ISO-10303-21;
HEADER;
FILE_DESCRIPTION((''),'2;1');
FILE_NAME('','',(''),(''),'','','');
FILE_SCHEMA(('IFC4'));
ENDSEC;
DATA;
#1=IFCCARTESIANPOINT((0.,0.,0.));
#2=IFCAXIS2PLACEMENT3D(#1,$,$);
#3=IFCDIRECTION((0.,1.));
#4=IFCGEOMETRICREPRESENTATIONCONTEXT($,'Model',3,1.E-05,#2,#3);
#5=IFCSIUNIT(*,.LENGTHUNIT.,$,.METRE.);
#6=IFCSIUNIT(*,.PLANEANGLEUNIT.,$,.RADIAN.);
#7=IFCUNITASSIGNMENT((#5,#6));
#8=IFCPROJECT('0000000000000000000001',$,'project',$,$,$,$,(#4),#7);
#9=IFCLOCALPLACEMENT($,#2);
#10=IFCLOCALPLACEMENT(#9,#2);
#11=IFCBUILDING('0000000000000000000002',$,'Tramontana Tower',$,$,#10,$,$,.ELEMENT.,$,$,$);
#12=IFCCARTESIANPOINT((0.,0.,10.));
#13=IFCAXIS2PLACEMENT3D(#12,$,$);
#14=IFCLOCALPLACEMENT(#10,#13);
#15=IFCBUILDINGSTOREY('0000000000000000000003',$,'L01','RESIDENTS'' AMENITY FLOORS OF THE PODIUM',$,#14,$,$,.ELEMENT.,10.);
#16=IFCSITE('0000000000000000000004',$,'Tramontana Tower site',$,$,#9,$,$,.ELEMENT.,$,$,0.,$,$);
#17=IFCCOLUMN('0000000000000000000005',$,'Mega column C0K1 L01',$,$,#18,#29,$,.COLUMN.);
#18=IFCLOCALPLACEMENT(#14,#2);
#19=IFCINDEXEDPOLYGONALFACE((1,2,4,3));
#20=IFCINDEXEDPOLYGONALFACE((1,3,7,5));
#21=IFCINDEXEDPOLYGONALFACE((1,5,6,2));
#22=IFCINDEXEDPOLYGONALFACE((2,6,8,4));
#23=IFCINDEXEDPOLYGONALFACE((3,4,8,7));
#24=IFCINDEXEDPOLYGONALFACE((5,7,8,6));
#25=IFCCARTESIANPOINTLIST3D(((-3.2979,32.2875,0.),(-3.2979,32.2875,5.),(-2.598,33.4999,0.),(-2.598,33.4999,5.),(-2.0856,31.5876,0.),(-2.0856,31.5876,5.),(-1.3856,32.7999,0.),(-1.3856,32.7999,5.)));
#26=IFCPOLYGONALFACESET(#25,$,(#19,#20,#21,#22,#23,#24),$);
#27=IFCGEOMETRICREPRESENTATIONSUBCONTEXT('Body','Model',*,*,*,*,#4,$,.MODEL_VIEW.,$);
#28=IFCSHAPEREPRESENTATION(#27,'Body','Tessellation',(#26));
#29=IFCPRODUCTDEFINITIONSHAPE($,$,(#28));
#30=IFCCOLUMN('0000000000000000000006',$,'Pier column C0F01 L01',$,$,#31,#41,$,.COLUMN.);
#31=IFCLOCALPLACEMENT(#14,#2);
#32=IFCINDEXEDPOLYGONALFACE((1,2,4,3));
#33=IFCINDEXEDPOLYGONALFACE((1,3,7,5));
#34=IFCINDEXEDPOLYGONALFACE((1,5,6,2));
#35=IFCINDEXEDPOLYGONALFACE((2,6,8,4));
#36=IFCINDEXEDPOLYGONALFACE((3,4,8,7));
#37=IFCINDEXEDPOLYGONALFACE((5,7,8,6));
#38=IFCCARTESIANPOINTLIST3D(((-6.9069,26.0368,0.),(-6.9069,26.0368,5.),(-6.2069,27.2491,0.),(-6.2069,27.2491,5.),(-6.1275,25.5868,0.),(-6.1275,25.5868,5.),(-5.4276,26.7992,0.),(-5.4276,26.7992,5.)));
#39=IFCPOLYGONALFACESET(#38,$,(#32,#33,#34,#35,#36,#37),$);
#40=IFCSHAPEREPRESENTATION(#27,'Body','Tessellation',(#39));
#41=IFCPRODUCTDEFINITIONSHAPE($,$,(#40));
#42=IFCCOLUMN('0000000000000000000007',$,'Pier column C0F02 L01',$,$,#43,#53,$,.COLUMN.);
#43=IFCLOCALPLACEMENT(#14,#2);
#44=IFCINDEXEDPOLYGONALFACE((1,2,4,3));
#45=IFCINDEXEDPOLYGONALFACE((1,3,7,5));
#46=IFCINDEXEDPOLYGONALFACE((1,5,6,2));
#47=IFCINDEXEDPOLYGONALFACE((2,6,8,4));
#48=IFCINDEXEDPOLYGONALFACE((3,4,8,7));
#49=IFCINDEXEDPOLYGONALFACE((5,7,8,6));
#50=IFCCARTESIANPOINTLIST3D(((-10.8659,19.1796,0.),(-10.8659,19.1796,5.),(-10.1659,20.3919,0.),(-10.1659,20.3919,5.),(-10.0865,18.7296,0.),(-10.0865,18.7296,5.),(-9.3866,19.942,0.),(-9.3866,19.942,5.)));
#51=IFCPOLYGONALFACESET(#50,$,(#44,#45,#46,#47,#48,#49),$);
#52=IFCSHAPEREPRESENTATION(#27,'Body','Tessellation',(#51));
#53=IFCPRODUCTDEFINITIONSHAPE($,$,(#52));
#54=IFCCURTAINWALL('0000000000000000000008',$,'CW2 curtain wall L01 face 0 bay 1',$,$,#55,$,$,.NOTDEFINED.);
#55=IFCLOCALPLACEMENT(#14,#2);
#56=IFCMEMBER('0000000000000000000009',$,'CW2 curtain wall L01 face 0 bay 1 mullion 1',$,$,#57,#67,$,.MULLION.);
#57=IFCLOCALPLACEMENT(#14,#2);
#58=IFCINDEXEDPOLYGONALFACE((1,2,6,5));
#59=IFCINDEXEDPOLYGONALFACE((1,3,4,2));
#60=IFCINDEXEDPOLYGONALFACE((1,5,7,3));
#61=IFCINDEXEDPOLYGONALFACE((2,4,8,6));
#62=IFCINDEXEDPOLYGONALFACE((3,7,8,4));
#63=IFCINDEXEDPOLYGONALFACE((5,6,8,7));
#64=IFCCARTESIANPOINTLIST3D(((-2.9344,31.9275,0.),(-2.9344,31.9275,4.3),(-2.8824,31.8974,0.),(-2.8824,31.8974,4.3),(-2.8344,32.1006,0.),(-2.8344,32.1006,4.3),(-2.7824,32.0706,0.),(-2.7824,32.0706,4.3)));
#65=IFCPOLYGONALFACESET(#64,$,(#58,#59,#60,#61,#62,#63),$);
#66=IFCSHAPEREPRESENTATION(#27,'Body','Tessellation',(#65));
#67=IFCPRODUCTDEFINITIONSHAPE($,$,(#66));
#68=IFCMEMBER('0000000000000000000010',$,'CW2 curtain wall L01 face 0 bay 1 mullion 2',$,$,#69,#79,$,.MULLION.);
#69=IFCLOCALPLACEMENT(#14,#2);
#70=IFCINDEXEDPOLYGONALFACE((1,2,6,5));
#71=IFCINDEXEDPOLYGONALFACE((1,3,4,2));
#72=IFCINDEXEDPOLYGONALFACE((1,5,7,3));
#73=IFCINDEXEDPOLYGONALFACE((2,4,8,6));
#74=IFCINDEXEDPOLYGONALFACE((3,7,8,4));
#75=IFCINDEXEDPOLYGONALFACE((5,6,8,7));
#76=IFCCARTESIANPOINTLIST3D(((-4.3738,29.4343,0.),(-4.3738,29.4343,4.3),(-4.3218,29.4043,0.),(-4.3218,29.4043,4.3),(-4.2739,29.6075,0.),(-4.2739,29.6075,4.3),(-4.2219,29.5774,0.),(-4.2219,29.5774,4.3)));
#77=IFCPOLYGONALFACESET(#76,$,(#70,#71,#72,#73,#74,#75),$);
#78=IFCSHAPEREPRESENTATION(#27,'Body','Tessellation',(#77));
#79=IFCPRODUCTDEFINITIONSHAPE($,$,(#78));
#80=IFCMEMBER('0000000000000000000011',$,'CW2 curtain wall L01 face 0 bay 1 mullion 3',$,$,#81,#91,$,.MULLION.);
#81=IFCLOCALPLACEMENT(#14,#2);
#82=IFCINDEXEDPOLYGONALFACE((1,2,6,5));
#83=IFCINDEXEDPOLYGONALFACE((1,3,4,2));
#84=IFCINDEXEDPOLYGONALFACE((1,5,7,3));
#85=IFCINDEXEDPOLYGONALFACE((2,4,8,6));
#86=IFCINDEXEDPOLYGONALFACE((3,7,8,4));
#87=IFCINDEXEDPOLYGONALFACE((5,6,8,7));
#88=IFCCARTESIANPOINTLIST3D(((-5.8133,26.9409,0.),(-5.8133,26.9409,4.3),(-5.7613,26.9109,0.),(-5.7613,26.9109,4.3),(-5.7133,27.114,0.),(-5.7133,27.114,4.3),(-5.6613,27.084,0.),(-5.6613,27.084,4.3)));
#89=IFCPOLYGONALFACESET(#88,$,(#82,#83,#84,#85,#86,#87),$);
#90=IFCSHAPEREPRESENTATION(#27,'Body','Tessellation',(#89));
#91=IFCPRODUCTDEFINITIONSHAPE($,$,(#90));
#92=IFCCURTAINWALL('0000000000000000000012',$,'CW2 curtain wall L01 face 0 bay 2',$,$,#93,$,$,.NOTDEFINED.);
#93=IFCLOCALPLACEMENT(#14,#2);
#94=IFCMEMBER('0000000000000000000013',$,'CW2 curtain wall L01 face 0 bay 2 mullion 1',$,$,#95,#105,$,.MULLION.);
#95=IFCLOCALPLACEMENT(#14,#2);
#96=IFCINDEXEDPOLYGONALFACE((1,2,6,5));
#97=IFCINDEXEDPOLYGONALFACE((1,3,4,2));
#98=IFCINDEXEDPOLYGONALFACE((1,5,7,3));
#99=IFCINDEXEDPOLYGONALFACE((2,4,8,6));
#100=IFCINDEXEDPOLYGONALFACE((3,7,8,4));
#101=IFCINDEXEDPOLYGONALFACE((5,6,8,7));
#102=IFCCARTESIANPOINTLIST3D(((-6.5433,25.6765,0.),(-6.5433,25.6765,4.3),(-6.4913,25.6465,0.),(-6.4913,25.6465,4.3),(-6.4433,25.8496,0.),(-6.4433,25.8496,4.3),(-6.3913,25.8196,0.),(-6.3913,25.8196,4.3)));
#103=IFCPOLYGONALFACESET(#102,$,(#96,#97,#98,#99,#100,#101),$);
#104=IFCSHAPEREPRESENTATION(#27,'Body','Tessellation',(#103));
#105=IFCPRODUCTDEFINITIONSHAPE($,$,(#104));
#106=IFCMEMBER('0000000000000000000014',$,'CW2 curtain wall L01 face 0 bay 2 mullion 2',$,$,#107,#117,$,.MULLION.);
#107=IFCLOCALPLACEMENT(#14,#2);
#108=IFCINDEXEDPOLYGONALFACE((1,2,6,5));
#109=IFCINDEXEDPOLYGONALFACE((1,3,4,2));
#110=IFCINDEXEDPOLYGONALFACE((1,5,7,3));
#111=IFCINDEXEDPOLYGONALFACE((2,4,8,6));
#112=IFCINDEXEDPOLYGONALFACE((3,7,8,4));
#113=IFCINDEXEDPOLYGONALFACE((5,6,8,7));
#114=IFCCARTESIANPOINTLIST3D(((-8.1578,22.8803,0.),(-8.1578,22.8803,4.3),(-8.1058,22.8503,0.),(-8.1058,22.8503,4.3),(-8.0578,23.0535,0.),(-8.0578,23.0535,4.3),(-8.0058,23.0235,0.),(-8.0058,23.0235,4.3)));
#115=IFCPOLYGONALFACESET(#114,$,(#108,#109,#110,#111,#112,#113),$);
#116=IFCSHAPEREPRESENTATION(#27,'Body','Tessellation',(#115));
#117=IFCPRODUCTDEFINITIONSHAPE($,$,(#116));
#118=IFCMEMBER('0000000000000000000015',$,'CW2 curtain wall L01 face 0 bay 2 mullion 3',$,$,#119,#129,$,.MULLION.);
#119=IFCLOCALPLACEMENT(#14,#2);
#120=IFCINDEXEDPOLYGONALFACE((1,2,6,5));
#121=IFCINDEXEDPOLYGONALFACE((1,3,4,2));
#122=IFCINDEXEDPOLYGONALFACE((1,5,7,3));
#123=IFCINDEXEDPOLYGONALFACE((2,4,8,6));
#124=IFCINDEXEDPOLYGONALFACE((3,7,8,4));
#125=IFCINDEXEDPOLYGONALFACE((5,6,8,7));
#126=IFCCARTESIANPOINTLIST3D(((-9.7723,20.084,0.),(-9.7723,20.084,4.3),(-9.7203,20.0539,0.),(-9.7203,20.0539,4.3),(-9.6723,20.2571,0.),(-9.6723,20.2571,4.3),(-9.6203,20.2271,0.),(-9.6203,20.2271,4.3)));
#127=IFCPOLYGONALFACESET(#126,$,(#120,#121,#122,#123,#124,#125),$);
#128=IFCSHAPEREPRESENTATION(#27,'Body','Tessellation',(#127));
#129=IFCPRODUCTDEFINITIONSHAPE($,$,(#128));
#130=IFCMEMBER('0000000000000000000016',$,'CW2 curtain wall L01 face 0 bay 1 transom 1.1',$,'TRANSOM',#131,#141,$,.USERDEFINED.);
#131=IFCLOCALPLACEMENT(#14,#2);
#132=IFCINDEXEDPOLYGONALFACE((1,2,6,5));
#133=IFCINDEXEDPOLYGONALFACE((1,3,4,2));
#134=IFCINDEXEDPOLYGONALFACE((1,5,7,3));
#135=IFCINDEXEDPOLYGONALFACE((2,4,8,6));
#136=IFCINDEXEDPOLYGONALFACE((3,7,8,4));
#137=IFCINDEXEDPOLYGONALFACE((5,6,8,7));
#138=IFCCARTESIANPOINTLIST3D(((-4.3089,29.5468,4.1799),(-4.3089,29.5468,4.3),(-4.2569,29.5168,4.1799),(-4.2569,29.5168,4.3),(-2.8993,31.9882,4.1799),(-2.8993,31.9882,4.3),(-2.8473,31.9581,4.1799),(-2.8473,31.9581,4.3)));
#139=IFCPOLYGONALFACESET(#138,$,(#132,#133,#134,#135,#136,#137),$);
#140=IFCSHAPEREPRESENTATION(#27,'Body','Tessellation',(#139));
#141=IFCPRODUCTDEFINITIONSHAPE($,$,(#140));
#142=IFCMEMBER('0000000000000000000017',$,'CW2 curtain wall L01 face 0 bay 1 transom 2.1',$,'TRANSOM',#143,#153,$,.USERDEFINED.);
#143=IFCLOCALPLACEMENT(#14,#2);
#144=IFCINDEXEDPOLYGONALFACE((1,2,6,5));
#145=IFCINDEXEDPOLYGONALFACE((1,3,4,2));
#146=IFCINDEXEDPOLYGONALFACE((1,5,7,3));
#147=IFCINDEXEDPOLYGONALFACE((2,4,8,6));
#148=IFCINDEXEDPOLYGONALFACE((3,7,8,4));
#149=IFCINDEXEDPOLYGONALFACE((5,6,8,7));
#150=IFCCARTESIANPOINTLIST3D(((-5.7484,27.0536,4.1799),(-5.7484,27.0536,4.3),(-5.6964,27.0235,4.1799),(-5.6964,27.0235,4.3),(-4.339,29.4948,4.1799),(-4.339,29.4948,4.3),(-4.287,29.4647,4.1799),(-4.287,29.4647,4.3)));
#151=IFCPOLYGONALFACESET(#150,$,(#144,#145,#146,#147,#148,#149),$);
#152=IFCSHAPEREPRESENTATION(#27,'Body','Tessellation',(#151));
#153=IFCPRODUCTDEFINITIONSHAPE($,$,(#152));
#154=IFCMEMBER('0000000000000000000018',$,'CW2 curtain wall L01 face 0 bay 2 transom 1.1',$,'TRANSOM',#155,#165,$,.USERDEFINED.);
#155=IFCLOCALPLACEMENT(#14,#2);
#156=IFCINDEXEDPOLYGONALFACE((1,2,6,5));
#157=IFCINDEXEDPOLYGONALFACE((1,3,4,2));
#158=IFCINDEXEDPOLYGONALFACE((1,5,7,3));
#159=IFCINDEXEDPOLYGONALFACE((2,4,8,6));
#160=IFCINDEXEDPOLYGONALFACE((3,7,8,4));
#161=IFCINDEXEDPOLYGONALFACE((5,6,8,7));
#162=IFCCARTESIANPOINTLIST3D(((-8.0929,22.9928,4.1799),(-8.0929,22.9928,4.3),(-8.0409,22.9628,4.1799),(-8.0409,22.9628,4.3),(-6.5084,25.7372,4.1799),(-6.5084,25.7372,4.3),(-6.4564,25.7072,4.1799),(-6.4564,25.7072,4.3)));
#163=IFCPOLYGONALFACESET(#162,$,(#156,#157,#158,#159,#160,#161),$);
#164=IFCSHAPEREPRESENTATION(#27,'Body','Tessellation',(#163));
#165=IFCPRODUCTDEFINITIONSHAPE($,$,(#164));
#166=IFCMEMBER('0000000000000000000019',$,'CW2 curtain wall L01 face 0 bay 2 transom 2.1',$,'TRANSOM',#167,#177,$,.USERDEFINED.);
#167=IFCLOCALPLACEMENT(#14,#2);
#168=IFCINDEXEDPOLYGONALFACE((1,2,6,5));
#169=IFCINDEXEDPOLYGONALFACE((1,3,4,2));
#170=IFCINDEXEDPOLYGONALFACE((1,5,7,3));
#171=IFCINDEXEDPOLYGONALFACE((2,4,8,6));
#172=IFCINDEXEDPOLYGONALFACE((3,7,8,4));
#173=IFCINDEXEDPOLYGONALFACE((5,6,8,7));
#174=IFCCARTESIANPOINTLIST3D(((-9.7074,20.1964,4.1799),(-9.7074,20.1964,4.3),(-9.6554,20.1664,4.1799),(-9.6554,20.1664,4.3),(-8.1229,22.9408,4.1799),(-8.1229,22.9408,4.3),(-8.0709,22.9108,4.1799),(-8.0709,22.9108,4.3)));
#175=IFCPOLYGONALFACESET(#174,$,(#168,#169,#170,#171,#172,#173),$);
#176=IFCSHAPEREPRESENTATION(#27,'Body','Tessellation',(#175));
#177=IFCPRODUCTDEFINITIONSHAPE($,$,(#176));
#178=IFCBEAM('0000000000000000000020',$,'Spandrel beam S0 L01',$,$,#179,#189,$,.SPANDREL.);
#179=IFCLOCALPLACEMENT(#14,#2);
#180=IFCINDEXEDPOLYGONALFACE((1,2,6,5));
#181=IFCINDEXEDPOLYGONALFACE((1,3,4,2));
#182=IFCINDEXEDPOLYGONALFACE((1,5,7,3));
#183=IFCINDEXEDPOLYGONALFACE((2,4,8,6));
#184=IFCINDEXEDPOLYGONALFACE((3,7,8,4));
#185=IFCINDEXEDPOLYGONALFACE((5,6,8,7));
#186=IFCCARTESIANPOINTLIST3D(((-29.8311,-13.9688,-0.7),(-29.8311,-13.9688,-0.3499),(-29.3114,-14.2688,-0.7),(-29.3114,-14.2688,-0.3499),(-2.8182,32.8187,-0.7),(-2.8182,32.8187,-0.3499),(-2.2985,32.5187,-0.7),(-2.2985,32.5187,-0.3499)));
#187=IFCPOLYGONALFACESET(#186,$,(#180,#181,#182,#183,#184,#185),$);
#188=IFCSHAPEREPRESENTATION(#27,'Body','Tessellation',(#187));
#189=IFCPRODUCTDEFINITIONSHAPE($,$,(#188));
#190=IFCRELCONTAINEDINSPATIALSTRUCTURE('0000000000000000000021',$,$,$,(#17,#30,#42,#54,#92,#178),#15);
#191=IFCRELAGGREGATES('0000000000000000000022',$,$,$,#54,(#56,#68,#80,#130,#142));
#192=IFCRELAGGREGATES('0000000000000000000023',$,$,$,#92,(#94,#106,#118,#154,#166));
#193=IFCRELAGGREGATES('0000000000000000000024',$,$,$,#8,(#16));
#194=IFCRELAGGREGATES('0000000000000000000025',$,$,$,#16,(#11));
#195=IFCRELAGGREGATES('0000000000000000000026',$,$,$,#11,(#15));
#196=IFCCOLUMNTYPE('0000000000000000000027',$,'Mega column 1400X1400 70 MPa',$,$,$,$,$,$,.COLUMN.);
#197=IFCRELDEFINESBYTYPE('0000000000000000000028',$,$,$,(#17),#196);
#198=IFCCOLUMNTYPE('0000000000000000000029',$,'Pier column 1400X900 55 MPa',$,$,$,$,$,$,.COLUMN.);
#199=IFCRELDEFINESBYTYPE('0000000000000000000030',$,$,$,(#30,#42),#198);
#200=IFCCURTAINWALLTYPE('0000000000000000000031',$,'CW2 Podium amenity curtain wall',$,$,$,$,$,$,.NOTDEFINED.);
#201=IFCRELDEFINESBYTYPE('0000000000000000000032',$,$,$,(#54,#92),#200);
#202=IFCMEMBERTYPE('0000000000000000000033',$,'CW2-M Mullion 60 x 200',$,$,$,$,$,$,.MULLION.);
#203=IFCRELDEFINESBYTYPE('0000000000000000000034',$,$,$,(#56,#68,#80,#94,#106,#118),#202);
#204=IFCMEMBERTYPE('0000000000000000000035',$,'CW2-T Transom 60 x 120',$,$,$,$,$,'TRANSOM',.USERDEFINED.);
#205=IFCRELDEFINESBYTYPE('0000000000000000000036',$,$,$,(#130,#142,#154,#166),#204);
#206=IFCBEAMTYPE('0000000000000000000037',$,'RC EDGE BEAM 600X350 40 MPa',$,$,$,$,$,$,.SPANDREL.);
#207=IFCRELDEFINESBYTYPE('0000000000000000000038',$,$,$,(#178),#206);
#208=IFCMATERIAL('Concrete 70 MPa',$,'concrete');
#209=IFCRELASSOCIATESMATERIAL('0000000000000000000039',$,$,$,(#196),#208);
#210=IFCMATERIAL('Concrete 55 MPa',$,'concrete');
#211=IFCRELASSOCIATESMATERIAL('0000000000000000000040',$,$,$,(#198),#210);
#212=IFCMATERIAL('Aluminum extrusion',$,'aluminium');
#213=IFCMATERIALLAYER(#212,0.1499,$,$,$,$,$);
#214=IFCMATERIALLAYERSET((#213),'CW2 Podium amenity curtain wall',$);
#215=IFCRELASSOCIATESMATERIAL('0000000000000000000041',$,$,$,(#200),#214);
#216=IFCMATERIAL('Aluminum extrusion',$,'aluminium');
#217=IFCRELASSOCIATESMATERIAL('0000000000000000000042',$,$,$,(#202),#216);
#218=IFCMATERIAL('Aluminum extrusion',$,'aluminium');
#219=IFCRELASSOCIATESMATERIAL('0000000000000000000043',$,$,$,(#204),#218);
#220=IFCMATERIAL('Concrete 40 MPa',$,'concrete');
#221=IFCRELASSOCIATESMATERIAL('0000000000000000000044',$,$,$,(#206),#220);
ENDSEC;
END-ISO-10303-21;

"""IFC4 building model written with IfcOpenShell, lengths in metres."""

from ifc_helpers import new_model, si_unit, direction, frame, origin, origin_2d, place, context, subcontext, project, spatial, rectangle, extrude, material, layer, layer_set, material_profile, profile_set, type_object, element, aggregate, save


model = new_model("IFC4")

# Units and contexts
model_context = context("Model", 3, precision=1e-05, world=origin(), true_north=direction((0.0, 1.0)))
body_context = subcontext(model_context, "Body", "Model", "MODEL_VIEW")
ifc_project = project(units=[si_unit("LENGTHUNIT", "METRE"), si_unit("PLANEANGLEUNIT", "RADIAN")], contexts=[model_context])

# Site, building, storey
site_placement = place(None, origin())
site = spatial("IfcSite", under=ifc_project, at=site_placement, Name="Tramontana Tower site", CompositionType="ELEMENT", RefElevation=0.0)
building_placement = place(site_placement, origin())
building = spatial("IfcBuilding", under=site, at=building_placement, Name="Tramontana Tower", CompositionType="ELEMENT")
storey_placement = place(building_placement, frame((0.0, 0.0, 10.0)))
storey = spatial("IfcBuildingStorey", under=building, at=storey_placement, Name="L01", Description="RESIDENTS' AMENITY FLOORS OF THE PODIUM", CompositionType="ELEMENT", Elevation=10.0)

# Columns
ifc_material_1 = material(Name="Concrete 70 MPa", Category="concrete")
ifc_material_profile_1 = material_profile(ifc_material_1, rectangle(XDim=1.3999, YDim=1.3999, at=origin_2d()), Name="Mega column 1400X1400 70 MPa")
ifc_profile_set_1 = profile_set([ifc_material_profile_1], Name="Concrete 70 MPa")
column_type_1 = type_object("IfcColumnType", Name="Mega column 1400X1400 70 MPa", PredefinedType="COLUMN", material=ifc_profile_set_1)
column_placement = place(storey_placement, frame((-2.3418, 32.5437, 0.0), z_axis=(0.0, 0.0, 1.0), x_axis=(-0.5, -0.866025, 0.0)))
element("IfcColumn", 1, at=column_placement, inside=storey, type_object=column_type_1, Name="Mega column C0K1 L01", PredefinedType="COLUMN", context=body_context, shape_type="SweptSolid", body=[
    extrude(rectangle(XDim=1.3999, YDim=1.3999, at=origin_2d()), origin(), (0.0, 0.0, 1.0), 5.0),
])
ifc_material_2 = material(Name="Concrete 55 MPa", Category="concrete")
ifc_material_profile_2 = material_profile(ifc_material_2, rectangle(XDim=1.3999, YDim=0.8999, at=origin_2d()), Name="Pier column 1400X900 55 MPa")
ifc_profile_set_2 = profile_set([ifc_material_profile_2], Name="Concrete 55 MPa")
column_type_2 = type_object("IfcColumnType", Name="Pier column 1400X900 55 MPa", PredefinedType="COLUMN", material=ifc_profile_set_2)
for number, where, z_axis, x_axis, name in (
    (2, (-6.1672, 26.418, 0.0), (0.0, 0.0, 1.0), (-0.5, -0.866025, 0.0), "Pier column C0F01 L01"),
    (3, (-10.1262, 19.5608, 0.0), (0.0, 0.0, 1.0), (-0.5, -0.866025, 0.0), "Pier column C0F02 L01"),
):
    element("IfcColumn", number, at=place(storey_placement, frame(where, z_axis=z_axis, x_axis=x_axis)), inside=storey, type_object=column_type_2, Name=name, PredefinedType="COLUMN", context=body_context, shape_type="SweptSolid", body=[
        extrude(rectangle(XDim=1.3999, YDim=0.8999, at=origin_2d()), origin(), (0.0, 0.0, 1.0), 5.0),
    ])

# Curtain walls, members
ifc_material_3 = material(Name="Aluminum extrusion", Category="aluminium")
ifc_layer_1 = layer(ifc_material_3, 0.1499)
ifc_layer_set_1 = layer_set([ifc_layer_1], Name="CW2 Podium amenity curtain wall")
curtain_wall_type = type_object("IfcCurtainWallType", Name="CW2 Podium amenity curtain wall", PredefinedType="NOTDEFINED", material=ifc_layer_set_1)
curtain_wall_1_placement = place(storey_placement, origin())
curtain_wall_1 = element("IfcCurtainWall", 4, at=curtain_wall_1_placement, inside=storey, type_object=curtain_wall_type, Name="CW2 curtain wall L01 face 0 bay 1", PredefinedType="NOTDEFINED")
ifc_material_4 = material(Name="Aluminum extrusion", Category="aluminium")
ifc_material_profile_3 = material_profile(ifc_material_4, rectangle(XDim=0.0601, YDim=0.2, at=origin_2d()), Name="CW2-M Mullion 60 x 200")
ifc_profile_set_3 = profile_set([ifc_material_profile_3], Name="Aluminum extrusion")
member_type_1 = type_object("IfcMemberType", Name="CW2-M Mullion 60 x 200", PredefinedType="MULLION", material=ifc_profile_set_3)
member_1_placement = place(storey_placement, frame((-2.8584, 31.999, 0.0), z_axis=(0.0, 0.0, 1.0), x_axis=(0.866025, -0.5, 0.0)))
member_1 = element("IfcMember", 5, at=member_1_placement, type_object=member_type_1, Name="CW2 curtain wall L01 face 0 bay 1 mullion 1", PredefinedType="MULLION", context=body_context, shape_type="SweptSolid", body=[
    extrude(rectangle(XDim=0.0601, YDim=0.2, at=origin_2d()), origin(), (0.0, 0.0, 1.0), 4.3),
])
member_2_placement = place(storey_placement, frame((-4.2979, 29.5059, 0.0), z_axis=(0.0, 0.0, 1.0), x_axis=(0.866025, -0.5, 0.0)))
member_2 = element("IfcMember", 6, at=member_2_placement, type_object=member_type_1, Name="CW2 curtain wall L01 face 0 bay 1 mullion 2", PredefinedType="MULLION", context=body_context, shape_type="SweptSolid", body=[
    extrude(rectangle(XDim=0.0601, YDim=0.2, at=origin_2d()), origin(), (0.0, 0.0, 1.0), 4.3),
])
member_3_placement = place(storey_placement, frame((-5.7373, 27.0125, 0.0), z_axis=(0.0, 0.0, 1.0), x_axis=(0.866025, -0.5, 0.0)))
member_3 = element("IfcMember", 7, at=member_3_placement, type_object=member_type_1, Name="CW2 curtain wall L01 face 0 bay 1 mullion 3", PredefinedType="MULLION", context=body_context, shape_type="SweptSolid", body=[
    extrude(rectangle(XDim=0.0601, YDim=0.2, at=origin_2d()), origin(), (0.0, 0.0, 1.0), 4.3),
])
curtain_wall_2_placement = place(storey_placement, origin())
curtain_wall_2 = element("IfcCurtainWall", 8, at=curtain_wall_2_placement, inside=storey, type_object=curtain_wall_type, Name="CW2 curtain wall L01 face 0 bay 2", PredefinedType="NOTDEFINED")
member_4_placement = place(storey_placement, frame((-6.4673, 25.748, 0.0), z_axis=(0.0, 0.0, 1.0), x_axis=(0.866025, -0.5, 0.0)))
member_4 = element("IfcMember", 9, at=member_4_placement, type_object=member_type_1, Name="CW2 curtain wall L01 face 0 bay 2 mullion 1", PredefinedType="MULLION", context=body_context, shape_type="SweptSolid", body=[
    extrude(rectangle(XDim=0.0601, YDim=0.2, at=origin_2d()), origin(), (0.0, 0.0, 1.0), 4.3),
])
member_5_placement = place(storey_placement, frame((-8.0818, 22.9519, 0.0), z_axis=(0.0, 0.0, 1.0), x_axis=(0.866025, -0.5, 0.0)))
member_5 = element("IfcMember", 10, at=member_5_placement, type_object=member_type_1, Name="CW2 curtain wall L01 face 0 bay 2 mullion 2", PredefinedType="MULLION", context=body_context, shape_type="SweptSolid", body=[
    extrude(rectangle(XDim=0.0601, YDim=0.2, at=origin_2d()), origin(), (0.0, 0.0, 1.0), 4.3),
])
member_6_placement = place(storey_placement, frame((-9.6963, 20.1555, 0.0), z_axis=(0.0, 0.0, 1.0), x_axis=(0.866025, -0.5, 0.0)))
member_6 = element("IfcMember", 11, at=member_6_placement, type_object=member_type_1, Name="CW2 curtain wall L01 face 0 bay 2 mullion 3", PredefinedType="MULLION", context=body_context, shape_type="SweptSolid", body=[
    extrude(rectangle(XDim=0.0601, YDim=0.2, at=origin_2d()), origin(), (0.0, 0.0, 1.0), 4.3),
])

# Members
ifc_material_5 = material(Name="Aluminum extrusion", Category="aluminium")
ifc_material_profile_4 = material_profile(ifc_material_5, rectangle(XDim=0.0601, YDim=0.1201, at=origin_2d()), Name="CW2-T Transom 60 x 120")
ifc_profile_set_4 = profile_set([ifc_material_profile_4], Name="Aluminum extrusion")
member_type_2 = type_object("IfcMemberType", Name="CW2-T Transom 60 x 120", ElementType="TRANSOM", PredefinedType="USERDEFINED", material=ifc_profile_set_4)
member_7_placement = place(storey_placement, frame((-2.8733, 31.9731, 4.24), z_axis=(-0.500032, -0.866007, 0.0), x_axis=(0.866007, -0.500032, 0.0)))
member_7 = element("IfcMember", 12, at=member_7_placement, type_object=member_type_2, Name="CW2 curtain wall L01 face 0 bay 1 transom 1.1", ObjectType="TRANSOM", PredefinedType="USERDEFINED", context=body_context, shape_type="SweptSolid", body=[
    extrude(rectangle(XDim=0.0601, YDim=0.1201, at=origin_2d()), origin(), (0.0, 0.0, 1.0), 2.8191),
])
member_8_placement = place(storey_placement, frame((-4.313, 29.4797, 4.24), z_axis=(-0.500005, -0.866023, 0.0), x_axis=(0.866023, -0.500005, 0.0)))
member_8 = element("IfcMember", 13, at=member_8_placement, type_object=member_type_2, Name="CW2 curtain wall L01 face 0 bay 1 transom 2.1", ObjectType="TRANSOM", PredefinedType="USERDEFINED", context=body_context, shape_type="SweptSolid", body=[
    extrude(rectangle(XDim=0.0601, YDim=0.1201, at=origin_2d()), origin(), (0.0, 0.0, 1.0), 2.8188),
])
member_9_placement = place(storey_placement, frame((-6.4824, 25.7222, 4.24), z_axis=(-0.5, -0.866025, 0.0), x_axis=(0.866025, -0.5, 0.0)))
member_9 = element("IfcMember", 14, at=member_9_placement, type_object=member_type_2, Name="CW2 curtain wall L01 face 0 bay 2 transom 1.1", ObjectType="TRANSOM", PredefinedType="USERDEFINED", context=body_context, shape_type="SweptSolid", body=[
    extrude(rectangle(XDim=0.0601, YDim=0.1201, at=origin_2d()), origin(), (0.0, 0.0, 1.0), 3.1689),
])
member_10_placement = place(storey_placement, frame((-8.0969, 22.9258, 4.24), z_axis=(-0.5, -0.866025, 0.0), x_axis=(0.866025, -0.5, 0.0)))
member_10 = element("IfcMember", 15, at=member_10_placement, type_object=member_type_2, Name="CW2 curtain wall L01 face 0 bay 2 transom 2.1", ObjectType="TRANSOM", PredefinedType="USERDEFINED", context=body_context, shape_type="SweptSolid", body=[
    extrude(rectangle(XDim=0.0601, YDim=0.1201, at=origin_2d()), origin(), (0.0, 0.0, 1.0), 3.1689),
])

# Beam
ifc_material_6 = material(Name="Concrete 40 MPa", Category="concrete")
ifc_material_profile_5 = material_profile(ifc_material_6, rectangle(XDim=0.6001, YDim=0.3501, at=origin_2d()), Name="RC EDGE BEAM 600X350 40 MPa")
ifc_profile_set_5 = profile_set([ifc_material_profile_5], Name="Concrete 40 MPa")
beam_type_1 = type_object("IfcBeamType", Name="RC EDGE BEAM 600X350 40 MPa", PredefinedType="SPANDREL", material=ifc_profile_set_5)
beam_1_placement = place(storey_placement, frame((-2.5583, 32.6687, -0.5249), z_axis=(-0.500001, -0.866025, 0.0), x_axis=(0.866025, -0.500001, 0.0)))
element("IfcBeam", 16, at=beam_1_placement, inside=storey, type_object=beam_type_1, Name="Spandrel beam S0 L01", PredefinedType="SPANDREL", context=body_context, shape_type="SweptSolid", body=[
    extrude(rectangle(XDim=0.6001, YDim=0.3501, at=origin_2d()), origin(), (0.0, 0.0, 1.0), 54.0256),
])

aggregate(curtain_wall_1, [member_1, member_2, member_3, member_7, member_8])
aggregate(curtain_wall_2, [member_4, member_5, member_6, member_9, member_10])

save(model, "model.ifc")
